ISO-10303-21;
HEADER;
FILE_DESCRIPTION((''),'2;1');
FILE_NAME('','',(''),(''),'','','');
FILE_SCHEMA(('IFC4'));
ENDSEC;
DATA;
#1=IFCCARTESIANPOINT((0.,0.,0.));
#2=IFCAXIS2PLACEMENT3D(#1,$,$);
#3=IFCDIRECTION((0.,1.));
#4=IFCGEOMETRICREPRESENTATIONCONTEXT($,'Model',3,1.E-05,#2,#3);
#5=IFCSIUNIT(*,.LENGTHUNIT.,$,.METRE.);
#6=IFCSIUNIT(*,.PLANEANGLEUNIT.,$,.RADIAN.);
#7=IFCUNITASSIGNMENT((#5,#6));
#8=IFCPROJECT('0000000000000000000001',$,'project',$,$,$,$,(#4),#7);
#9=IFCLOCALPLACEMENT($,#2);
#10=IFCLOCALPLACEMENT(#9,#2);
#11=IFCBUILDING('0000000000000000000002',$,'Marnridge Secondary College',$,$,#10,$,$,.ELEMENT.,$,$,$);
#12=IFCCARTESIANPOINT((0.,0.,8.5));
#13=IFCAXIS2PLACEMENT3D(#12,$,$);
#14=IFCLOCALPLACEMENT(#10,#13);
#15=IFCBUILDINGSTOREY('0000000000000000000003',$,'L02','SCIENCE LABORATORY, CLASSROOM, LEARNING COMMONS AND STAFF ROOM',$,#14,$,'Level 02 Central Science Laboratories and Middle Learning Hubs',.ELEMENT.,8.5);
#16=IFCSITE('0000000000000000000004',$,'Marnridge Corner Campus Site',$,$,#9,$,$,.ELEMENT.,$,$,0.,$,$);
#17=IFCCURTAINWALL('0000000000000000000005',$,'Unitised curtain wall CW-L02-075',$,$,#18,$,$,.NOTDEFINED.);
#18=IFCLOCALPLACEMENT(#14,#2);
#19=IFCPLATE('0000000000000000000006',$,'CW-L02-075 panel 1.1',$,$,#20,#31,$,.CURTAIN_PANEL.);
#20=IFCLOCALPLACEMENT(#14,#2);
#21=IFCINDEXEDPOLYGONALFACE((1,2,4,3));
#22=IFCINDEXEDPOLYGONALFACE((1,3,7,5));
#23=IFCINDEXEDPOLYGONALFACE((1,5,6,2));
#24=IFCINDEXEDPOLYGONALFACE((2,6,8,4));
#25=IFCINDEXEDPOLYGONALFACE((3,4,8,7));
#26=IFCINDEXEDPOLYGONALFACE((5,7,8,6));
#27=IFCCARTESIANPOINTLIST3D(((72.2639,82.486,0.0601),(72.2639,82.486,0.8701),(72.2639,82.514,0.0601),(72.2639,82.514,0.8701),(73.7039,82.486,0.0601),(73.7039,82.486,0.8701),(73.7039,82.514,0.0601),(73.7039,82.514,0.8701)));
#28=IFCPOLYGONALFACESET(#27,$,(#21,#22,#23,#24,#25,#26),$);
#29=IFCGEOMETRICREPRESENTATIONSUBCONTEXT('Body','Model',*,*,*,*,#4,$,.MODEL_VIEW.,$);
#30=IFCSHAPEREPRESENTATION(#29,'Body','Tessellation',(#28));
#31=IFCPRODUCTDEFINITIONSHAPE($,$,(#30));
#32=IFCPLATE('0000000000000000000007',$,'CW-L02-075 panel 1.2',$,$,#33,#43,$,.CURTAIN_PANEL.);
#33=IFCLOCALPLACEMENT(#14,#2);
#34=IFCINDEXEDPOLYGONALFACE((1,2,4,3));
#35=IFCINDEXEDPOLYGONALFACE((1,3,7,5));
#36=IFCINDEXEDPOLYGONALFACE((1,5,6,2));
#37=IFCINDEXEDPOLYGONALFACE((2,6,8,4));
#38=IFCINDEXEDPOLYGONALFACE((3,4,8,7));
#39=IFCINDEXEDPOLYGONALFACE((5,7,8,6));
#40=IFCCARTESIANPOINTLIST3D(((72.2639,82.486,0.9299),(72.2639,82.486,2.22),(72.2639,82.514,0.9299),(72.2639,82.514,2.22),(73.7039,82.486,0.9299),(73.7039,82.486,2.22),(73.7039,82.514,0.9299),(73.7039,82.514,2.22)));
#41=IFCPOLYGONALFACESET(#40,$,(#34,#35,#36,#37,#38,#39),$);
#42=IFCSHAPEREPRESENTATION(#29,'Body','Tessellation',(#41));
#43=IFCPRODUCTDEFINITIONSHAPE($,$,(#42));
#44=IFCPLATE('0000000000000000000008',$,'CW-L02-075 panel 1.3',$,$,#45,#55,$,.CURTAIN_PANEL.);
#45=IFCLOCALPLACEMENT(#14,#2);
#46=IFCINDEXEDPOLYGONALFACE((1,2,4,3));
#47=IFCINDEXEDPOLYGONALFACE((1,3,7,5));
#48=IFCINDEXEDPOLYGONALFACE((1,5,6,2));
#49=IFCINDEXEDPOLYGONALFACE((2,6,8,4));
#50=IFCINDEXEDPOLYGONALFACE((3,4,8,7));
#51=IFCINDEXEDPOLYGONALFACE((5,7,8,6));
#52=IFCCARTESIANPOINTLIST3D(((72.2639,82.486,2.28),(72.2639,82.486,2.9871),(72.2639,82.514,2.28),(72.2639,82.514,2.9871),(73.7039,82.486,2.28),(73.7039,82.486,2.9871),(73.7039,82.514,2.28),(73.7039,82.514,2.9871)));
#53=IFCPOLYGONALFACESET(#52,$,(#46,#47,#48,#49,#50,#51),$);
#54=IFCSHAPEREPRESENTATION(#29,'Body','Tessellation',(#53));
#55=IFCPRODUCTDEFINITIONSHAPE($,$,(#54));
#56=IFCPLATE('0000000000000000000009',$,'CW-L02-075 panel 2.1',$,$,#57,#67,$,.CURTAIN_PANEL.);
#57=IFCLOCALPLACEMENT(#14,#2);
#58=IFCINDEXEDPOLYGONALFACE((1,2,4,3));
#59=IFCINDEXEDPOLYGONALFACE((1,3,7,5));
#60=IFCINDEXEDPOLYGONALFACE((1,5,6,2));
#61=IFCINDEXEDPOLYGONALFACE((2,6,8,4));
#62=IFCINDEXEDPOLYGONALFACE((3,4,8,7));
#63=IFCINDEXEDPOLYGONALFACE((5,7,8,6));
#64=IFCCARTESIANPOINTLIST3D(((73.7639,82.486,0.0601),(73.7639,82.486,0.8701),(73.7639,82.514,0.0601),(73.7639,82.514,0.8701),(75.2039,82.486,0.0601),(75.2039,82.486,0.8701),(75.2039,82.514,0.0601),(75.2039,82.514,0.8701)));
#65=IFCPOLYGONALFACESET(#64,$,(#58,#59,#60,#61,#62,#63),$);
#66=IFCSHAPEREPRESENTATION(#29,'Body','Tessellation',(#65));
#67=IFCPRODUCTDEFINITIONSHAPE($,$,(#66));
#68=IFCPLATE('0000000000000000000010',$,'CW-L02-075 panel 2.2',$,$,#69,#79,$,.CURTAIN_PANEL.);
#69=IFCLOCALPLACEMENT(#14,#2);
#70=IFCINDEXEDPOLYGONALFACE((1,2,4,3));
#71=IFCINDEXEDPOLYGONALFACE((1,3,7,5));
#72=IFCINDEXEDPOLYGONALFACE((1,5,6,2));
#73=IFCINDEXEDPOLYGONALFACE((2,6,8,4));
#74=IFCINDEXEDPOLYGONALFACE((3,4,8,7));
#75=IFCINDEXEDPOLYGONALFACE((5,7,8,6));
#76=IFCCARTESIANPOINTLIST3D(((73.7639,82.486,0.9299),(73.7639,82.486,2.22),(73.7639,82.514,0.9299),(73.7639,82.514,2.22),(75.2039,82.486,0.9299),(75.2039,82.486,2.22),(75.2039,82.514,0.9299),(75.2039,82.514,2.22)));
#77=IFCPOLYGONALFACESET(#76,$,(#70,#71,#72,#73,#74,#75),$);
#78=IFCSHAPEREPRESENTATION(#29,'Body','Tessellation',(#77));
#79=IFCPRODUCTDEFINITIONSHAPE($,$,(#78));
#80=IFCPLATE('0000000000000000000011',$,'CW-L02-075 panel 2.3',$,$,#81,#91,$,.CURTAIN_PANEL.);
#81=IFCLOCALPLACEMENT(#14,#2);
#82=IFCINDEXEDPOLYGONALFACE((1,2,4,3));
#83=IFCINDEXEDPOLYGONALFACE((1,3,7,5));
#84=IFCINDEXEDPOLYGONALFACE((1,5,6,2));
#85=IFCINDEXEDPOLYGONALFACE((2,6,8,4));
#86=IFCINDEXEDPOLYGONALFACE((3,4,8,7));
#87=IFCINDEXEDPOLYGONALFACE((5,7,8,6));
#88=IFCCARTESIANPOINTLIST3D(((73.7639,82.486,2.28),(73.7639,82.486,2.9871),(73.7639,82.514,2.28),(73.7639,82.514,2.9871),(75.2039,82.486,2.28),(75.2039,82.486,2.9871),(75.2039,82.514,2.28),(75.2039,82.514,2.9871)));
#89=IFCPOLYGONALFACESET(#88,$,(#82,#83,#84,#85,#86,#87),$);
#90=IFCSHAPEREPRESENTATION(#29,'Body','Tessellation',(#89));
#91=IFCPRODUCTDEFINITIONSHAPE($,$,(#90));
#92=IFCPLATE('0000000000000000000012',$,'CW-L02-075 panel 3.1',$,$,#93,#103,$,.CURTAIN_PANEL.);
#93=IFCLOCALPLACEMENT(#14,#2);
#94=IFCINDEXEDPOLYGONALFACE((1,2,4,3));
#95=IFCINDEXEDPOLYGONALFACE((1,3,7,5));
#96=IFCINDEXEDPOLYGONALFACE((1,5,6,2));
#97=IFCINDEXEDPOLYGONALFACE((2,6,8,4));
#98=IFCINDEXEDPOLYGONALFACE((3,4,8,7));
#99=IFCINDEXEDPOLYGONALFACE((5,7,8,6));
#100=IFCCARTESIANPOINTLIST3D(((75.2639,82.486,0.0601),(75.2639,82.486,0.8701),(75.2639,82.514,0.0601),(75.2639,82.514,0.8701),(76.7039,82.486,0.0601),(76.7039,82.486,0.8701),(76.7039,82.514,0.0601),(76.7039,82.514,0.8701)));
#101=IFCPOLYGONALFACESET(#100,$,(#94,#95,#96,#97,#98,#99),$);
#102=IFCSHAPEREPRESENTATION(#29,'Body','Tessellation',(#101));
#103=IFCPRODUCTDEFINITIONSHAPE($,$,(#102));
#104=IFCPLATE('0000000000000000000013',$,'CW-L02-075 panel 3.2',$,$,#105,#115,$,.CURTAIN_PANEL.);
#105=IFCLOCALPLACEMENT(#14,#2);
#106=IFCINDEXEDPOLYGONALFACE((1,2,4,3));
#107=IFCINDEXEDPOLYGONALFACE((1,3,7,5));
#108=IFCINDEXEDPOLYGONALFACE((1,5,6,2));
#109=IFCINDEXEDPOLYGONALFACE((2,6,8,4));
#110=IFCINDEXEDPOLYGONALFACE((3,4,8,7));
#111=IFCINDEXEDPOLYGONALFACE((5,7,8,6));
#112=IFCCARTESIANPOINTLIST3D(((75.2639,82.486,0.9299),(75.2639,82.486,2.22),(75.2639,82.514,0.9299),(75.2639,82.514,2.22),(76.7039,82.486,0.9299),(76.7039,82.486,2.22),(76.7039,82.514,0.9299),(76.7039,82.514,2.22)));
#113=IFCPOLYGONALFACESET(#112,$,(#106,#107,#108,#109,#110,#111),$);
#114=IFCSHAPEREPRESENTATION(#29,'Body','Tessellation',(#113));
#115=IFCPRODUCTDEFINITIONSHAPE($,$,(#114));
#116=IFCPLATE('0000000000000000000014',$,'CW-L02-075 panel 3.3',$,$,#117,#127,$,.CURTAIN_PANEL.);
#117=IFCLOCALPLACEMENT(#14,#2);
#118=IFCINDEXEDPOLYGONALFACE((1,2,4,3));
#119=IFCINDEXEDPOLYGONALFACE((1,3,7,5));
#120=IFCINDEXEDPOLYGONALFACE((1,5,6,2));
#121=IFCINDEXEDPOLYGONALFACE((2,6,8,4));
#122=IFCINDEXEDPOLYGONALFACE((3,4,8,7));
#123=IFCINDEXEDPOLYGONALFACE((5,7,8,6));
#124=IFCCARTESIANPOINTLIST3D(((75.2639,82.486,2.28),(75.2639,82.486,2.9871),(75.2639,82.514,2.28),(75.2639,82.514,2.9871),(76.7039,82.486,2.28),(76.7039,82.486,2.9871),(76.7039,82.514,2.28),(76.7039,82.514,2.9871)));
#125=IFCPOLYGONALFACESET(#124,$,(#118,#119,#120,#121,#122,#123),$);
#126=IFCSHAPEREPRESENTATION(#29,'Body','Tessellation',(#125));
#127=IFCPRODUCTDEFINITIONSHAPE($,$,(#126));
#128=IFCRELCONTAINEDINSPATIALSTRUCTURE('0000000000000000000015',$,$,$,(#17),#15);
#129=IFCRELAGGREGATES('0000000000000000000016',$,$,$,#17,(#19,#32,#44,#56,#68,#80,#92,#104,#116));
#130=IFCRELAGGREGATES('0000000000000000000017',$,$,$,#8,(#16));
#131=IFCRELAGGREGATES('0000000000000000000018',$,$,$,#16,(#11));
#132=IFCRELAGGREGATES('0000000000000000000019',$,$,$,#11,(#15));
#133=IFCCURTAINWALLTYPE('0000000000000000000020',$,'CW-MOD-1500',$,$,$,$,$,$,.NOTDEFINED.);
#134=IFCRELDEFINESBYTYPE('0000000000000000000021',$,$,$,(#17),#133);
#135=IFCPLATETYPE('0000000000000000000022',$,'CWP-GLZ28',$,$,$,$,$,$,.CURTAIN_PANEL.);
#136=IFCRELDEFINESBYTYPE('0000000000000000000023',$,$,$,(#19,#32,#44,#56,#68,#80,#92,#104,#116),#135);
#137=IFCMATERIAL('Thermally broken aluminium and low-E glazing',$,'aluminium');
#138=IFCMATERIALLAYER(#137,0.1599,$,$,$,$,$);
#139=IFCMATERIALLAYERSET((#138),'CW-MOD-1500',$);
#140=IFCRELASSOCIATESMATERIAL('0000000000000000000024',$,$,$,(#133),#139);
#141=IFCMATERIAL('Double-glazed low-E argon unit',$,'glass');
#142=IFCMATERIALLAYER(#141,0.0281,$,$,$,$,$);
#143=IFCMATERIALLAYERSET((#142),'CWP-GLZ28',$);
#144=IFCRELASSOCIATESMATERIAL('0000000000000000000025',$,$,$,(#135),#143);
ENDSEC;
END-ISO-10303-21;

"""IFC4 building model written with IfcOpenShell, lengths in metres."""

from ifc_helpers import new_model, si_unit, direction, frame, origin, origin_2d, place, context, subcontext, project, spatial, rectangle, extrude, material, layer, layer_set, type_object, element, aggregate, save


model = new_model("IFC4")

# Units and contexts
model_context = context("Model", 3, precision=1e-05, world=origin(), true_north=direction((0.0, 1.0)))
body_context = subcontext(model_context, "Body", "Model", "MODEL_VIEW")
ifc_project = project(units=[si_unit("LENGTHUNIT", "METRE"), si_unit("PLANEANGLEUNIT", "RADIAN")], contexts=[model_context])

# Site, building, storey
site_placement = place(None, origin())
site = spatial("IfcSite", under=ifc_project, at=site_placement, Name="Marnridge Corner Campus Site", CompositionType="ELEMENT", RefElevation=0.0)
building_placement = place(site_placement, origin())
building = spatial("IfcBuilding", under=site, at=building_placement, Name="Marnridge Secondary College", CompositionType="ELEMENT")
storey_placement = place(building_placement, frame((0.0, 0.0, 8.5)))
storey = spatial("IfcBuildingStorey", under=building, at=storey_placement, Name="L02", Description="SCIENCE LABORATORY, CLASSROOM, LEARNING COMMONS AND STAFF ROOM", LongName="Level 02 Central Science Laboratories and Middle Learning Hubs", CompositionType="ELEMENT", Elevation=8.5)

# Curtain wall, plates
ifc_material_1 = material(Name="Thermally broken aluminium and low-E glazing", Category="aluminium")
ifc_layer_1 = layer(ifc_material_1, 0.1599)
ifc_layer_set_1 = layer_set([ifc_layer_1], Name="CW-MOD-1500")
curtain_wall_type = type_object("IfcCurtainWallType", Name="CW-MOD-1500", PredefinedType="NOTDEFINED", material=ifc_layer_set_1)
curtain_wall_placement = place(storey_placement, origin())
curtain_wall = element("IfcCurtainWall", 1, at=curtain_wall_placement, inside=storey, type_object=curtain_wall_type, Name="Unitised curtain wall CW-L02-075", PredefinedType="NOTDEFINED")
ifc_material_2 = material(Name="Double-glazed low-E argon unit", Category="glass")
ifc_layer_2 = layer(ifc_material_2, 0.0281)
ifc_layer_set_2 = layer_set([ifc_layer_2], Name="CWP-GLZ28")
plate_type = type_object("IfcPlateType", Name="CWP-GLZ28", PredefinedType="CURTAIN_PANEL", material=ifc_layer_set_2)
plate_1_placement = place(storey_placement, frame((72.9839, 82.5, 0.0601), z_axis=(0.0, 0.0, 1.0), x_axis=(1.0, 0.0, 0.0)))
plate_1 = element("IfcPlate", 2, at=plate_1_placement, type_object=plate_type, Name="CW-L02-075 panel 1.1", PredefinedType="CURTAIN_PANEL", context=body_context, shape_type="SweptSolid", body=[
    extrude(rectangle(XDim=1.4399, YDim=0.0281, at=origin_2d()), origin(), (0.0, 0.0, 1.0), 0.8101),
])
plate_2_placement = place(storey_placement, frame((72.9839, 82.5, 0.9299), z_axis=(0.0, 0.0, 1.0), x_axis=(1.0, 0.0, 0.0)))
plate_2 = element("IfcPlate", 3, at=plate_2_placement, type_object=plate_type, Name="CW-L02-075 panel 1.2", PredefinedType="CURTAIN_PANEL", context=body_context, shape_type="SweptSolid", body=[
    extrude(rectangle(XDim=1.4399, YDim=0.0281, at=origin_2d()), origin(), (0.0, 0.0, 1.0), 1.29),
])
plate_3_placement = place(storey_placement, frame((72.9839, 82.5, 2.28), z_axis=(0.0, 0.0, 1.0), x_axis=(1.0, 0.0, 0.0)))
plate_3 = element("IfcPlate", 4, at=plate_3_placement, type_object=plate_type, Name="CW-L02-075 panel 1.3", PredefinedType="CURTAIN_PANEL", context=body_context, shape_type="SweptSolid", body=[
    extrude(rectangle(XDim=1.4399, YDim=0.0281, at=origin_2d()), origin(), (0.0, 0.0, 1.0), 0.707),
])
plate_4_placement = place(storey_placement, frame((74.4839, 82.5, 0.0601), z_axis=(0.0, 0.0, 1.0), x_axis=(1.0, 0.0, 0.0)))
plate_4 = element("IfcPlate", 5, at=plate_4_placement, type_object=plate_type, Name="CW-L02-075 panel 2.1", PredefinedType="CURTAIN_PANEL", context=body_context, shape_type="SweptSolid", body=[
    extrude(rectangle(XDim=1.4399, YDim=0.0281, at=origin_2d()), origin(), (0.0, 0.0, 1.0), 0.8101),
])
plate_5_placement = place(storey_placement, frame((74.4839, 82.5, 0.9299), z_axis=(0.0, 0.0, 1.0), x_axis=(1.0, 0.0, 0.0)))
plate_5 = element("IfcPlate", 6, at=plate_5_placement, type_object=plate_type, Name="CW-L02-075 panel 2.2", PredefinedType="CURTAIN_PANEL", context=body_context, shape_type="SweptSolid", body=[
    extrude(rectangle(XDim=1.4399, YDim=0.0281, at=origin_2d()), origin(), (0.0, 0.0, 1.0), 1.29),
])
plate_6_placement = place(storey_placement, frame((74.4839, 82.5, 2.28), z_axis=(0.0, 0.0, 1.0), x_axis=(1.0, 0.0, 0.0)))
plate_6 = element("IfcPlate", 7, at=plate_6_placement, type_object=plate_type, Name="CW-L02-075 panel 2.3", PredefinedType="CURTAIN_PANEL", context=body_context, shape_type="SweptSolid", body=[
    extrude(rectangle(XDim=1.4399, YDim=0.0281, at=origin_2d()), origin(), (0.0, 0.0, 1.0), 0.707),
])
plate_7_placement = place(storey_placement, frame((75.9839, 82.5, 0.0601), z_axis=(0.0, 0.0, 1.0), x_axis=(1.0, 0.0, 0.0)))
plate_7 = element("IfcPlate", 8, at=plate_7_placement, type_object=plate_type, Name="CW-L02-075 panel 3.1", PredefinedType="CURTAIN_PANEL", context=body_context, shape_type="SweptSolid", body=[
    extrude(rectangle(XDim=1.4399, YDim=0.0281, at=origin_2d()), origin(), (0.0, 0.0, 1.0), 0.8101),
])
plate_8_placement = place(storey_placement, frame((75.9839, 82.5, 0.9299), z_axis=(0.0, 0.0, 1.0), x_axis=(1.0, 0.0, 0.0)))
plate_8 = element("IfcPlate", 9, at=plate_8_placement, type_object=plate_type, Name="CW-L02-075 panel 3.2", PredefinedType="CURTAIN_PANEL", context=body_context, shape_type="SweptSolid", body=[
    extrude(rectangle(XDim=1.4399, YDim=0.0281, at=origin_2d()), origin(), (0.0, 0.0, 1.0), 1.29),
])
plate_9_placement = place(storey_placement, frame((75.9839, 82.5, 2.28), z_axis=(0.0, 0.0, 1.0), x_axis=(1.0, 0.0, 0.0)))
plate_9 = element("IfcPlate", 10, at=plate_9_placement, type_object=plate_type, Name="CW-L02-075 panel 3.3", PredefinedType="CURTAIN_PANEL", context=body_context, shape_type="SweptSolid", body=[
    extrude(rectangle(XDim=1.4399, YDim=0.0281, at=origin_2d()), origin(), (0.0, 0.0, 1.0), 0.707),
])
aggregate(curtain_wall, [plate_1, plate_2, plate_3, plate_4, plate_5, plate_6, plate_7, plate_8, plate_9])

save(model, "model.ifc")
